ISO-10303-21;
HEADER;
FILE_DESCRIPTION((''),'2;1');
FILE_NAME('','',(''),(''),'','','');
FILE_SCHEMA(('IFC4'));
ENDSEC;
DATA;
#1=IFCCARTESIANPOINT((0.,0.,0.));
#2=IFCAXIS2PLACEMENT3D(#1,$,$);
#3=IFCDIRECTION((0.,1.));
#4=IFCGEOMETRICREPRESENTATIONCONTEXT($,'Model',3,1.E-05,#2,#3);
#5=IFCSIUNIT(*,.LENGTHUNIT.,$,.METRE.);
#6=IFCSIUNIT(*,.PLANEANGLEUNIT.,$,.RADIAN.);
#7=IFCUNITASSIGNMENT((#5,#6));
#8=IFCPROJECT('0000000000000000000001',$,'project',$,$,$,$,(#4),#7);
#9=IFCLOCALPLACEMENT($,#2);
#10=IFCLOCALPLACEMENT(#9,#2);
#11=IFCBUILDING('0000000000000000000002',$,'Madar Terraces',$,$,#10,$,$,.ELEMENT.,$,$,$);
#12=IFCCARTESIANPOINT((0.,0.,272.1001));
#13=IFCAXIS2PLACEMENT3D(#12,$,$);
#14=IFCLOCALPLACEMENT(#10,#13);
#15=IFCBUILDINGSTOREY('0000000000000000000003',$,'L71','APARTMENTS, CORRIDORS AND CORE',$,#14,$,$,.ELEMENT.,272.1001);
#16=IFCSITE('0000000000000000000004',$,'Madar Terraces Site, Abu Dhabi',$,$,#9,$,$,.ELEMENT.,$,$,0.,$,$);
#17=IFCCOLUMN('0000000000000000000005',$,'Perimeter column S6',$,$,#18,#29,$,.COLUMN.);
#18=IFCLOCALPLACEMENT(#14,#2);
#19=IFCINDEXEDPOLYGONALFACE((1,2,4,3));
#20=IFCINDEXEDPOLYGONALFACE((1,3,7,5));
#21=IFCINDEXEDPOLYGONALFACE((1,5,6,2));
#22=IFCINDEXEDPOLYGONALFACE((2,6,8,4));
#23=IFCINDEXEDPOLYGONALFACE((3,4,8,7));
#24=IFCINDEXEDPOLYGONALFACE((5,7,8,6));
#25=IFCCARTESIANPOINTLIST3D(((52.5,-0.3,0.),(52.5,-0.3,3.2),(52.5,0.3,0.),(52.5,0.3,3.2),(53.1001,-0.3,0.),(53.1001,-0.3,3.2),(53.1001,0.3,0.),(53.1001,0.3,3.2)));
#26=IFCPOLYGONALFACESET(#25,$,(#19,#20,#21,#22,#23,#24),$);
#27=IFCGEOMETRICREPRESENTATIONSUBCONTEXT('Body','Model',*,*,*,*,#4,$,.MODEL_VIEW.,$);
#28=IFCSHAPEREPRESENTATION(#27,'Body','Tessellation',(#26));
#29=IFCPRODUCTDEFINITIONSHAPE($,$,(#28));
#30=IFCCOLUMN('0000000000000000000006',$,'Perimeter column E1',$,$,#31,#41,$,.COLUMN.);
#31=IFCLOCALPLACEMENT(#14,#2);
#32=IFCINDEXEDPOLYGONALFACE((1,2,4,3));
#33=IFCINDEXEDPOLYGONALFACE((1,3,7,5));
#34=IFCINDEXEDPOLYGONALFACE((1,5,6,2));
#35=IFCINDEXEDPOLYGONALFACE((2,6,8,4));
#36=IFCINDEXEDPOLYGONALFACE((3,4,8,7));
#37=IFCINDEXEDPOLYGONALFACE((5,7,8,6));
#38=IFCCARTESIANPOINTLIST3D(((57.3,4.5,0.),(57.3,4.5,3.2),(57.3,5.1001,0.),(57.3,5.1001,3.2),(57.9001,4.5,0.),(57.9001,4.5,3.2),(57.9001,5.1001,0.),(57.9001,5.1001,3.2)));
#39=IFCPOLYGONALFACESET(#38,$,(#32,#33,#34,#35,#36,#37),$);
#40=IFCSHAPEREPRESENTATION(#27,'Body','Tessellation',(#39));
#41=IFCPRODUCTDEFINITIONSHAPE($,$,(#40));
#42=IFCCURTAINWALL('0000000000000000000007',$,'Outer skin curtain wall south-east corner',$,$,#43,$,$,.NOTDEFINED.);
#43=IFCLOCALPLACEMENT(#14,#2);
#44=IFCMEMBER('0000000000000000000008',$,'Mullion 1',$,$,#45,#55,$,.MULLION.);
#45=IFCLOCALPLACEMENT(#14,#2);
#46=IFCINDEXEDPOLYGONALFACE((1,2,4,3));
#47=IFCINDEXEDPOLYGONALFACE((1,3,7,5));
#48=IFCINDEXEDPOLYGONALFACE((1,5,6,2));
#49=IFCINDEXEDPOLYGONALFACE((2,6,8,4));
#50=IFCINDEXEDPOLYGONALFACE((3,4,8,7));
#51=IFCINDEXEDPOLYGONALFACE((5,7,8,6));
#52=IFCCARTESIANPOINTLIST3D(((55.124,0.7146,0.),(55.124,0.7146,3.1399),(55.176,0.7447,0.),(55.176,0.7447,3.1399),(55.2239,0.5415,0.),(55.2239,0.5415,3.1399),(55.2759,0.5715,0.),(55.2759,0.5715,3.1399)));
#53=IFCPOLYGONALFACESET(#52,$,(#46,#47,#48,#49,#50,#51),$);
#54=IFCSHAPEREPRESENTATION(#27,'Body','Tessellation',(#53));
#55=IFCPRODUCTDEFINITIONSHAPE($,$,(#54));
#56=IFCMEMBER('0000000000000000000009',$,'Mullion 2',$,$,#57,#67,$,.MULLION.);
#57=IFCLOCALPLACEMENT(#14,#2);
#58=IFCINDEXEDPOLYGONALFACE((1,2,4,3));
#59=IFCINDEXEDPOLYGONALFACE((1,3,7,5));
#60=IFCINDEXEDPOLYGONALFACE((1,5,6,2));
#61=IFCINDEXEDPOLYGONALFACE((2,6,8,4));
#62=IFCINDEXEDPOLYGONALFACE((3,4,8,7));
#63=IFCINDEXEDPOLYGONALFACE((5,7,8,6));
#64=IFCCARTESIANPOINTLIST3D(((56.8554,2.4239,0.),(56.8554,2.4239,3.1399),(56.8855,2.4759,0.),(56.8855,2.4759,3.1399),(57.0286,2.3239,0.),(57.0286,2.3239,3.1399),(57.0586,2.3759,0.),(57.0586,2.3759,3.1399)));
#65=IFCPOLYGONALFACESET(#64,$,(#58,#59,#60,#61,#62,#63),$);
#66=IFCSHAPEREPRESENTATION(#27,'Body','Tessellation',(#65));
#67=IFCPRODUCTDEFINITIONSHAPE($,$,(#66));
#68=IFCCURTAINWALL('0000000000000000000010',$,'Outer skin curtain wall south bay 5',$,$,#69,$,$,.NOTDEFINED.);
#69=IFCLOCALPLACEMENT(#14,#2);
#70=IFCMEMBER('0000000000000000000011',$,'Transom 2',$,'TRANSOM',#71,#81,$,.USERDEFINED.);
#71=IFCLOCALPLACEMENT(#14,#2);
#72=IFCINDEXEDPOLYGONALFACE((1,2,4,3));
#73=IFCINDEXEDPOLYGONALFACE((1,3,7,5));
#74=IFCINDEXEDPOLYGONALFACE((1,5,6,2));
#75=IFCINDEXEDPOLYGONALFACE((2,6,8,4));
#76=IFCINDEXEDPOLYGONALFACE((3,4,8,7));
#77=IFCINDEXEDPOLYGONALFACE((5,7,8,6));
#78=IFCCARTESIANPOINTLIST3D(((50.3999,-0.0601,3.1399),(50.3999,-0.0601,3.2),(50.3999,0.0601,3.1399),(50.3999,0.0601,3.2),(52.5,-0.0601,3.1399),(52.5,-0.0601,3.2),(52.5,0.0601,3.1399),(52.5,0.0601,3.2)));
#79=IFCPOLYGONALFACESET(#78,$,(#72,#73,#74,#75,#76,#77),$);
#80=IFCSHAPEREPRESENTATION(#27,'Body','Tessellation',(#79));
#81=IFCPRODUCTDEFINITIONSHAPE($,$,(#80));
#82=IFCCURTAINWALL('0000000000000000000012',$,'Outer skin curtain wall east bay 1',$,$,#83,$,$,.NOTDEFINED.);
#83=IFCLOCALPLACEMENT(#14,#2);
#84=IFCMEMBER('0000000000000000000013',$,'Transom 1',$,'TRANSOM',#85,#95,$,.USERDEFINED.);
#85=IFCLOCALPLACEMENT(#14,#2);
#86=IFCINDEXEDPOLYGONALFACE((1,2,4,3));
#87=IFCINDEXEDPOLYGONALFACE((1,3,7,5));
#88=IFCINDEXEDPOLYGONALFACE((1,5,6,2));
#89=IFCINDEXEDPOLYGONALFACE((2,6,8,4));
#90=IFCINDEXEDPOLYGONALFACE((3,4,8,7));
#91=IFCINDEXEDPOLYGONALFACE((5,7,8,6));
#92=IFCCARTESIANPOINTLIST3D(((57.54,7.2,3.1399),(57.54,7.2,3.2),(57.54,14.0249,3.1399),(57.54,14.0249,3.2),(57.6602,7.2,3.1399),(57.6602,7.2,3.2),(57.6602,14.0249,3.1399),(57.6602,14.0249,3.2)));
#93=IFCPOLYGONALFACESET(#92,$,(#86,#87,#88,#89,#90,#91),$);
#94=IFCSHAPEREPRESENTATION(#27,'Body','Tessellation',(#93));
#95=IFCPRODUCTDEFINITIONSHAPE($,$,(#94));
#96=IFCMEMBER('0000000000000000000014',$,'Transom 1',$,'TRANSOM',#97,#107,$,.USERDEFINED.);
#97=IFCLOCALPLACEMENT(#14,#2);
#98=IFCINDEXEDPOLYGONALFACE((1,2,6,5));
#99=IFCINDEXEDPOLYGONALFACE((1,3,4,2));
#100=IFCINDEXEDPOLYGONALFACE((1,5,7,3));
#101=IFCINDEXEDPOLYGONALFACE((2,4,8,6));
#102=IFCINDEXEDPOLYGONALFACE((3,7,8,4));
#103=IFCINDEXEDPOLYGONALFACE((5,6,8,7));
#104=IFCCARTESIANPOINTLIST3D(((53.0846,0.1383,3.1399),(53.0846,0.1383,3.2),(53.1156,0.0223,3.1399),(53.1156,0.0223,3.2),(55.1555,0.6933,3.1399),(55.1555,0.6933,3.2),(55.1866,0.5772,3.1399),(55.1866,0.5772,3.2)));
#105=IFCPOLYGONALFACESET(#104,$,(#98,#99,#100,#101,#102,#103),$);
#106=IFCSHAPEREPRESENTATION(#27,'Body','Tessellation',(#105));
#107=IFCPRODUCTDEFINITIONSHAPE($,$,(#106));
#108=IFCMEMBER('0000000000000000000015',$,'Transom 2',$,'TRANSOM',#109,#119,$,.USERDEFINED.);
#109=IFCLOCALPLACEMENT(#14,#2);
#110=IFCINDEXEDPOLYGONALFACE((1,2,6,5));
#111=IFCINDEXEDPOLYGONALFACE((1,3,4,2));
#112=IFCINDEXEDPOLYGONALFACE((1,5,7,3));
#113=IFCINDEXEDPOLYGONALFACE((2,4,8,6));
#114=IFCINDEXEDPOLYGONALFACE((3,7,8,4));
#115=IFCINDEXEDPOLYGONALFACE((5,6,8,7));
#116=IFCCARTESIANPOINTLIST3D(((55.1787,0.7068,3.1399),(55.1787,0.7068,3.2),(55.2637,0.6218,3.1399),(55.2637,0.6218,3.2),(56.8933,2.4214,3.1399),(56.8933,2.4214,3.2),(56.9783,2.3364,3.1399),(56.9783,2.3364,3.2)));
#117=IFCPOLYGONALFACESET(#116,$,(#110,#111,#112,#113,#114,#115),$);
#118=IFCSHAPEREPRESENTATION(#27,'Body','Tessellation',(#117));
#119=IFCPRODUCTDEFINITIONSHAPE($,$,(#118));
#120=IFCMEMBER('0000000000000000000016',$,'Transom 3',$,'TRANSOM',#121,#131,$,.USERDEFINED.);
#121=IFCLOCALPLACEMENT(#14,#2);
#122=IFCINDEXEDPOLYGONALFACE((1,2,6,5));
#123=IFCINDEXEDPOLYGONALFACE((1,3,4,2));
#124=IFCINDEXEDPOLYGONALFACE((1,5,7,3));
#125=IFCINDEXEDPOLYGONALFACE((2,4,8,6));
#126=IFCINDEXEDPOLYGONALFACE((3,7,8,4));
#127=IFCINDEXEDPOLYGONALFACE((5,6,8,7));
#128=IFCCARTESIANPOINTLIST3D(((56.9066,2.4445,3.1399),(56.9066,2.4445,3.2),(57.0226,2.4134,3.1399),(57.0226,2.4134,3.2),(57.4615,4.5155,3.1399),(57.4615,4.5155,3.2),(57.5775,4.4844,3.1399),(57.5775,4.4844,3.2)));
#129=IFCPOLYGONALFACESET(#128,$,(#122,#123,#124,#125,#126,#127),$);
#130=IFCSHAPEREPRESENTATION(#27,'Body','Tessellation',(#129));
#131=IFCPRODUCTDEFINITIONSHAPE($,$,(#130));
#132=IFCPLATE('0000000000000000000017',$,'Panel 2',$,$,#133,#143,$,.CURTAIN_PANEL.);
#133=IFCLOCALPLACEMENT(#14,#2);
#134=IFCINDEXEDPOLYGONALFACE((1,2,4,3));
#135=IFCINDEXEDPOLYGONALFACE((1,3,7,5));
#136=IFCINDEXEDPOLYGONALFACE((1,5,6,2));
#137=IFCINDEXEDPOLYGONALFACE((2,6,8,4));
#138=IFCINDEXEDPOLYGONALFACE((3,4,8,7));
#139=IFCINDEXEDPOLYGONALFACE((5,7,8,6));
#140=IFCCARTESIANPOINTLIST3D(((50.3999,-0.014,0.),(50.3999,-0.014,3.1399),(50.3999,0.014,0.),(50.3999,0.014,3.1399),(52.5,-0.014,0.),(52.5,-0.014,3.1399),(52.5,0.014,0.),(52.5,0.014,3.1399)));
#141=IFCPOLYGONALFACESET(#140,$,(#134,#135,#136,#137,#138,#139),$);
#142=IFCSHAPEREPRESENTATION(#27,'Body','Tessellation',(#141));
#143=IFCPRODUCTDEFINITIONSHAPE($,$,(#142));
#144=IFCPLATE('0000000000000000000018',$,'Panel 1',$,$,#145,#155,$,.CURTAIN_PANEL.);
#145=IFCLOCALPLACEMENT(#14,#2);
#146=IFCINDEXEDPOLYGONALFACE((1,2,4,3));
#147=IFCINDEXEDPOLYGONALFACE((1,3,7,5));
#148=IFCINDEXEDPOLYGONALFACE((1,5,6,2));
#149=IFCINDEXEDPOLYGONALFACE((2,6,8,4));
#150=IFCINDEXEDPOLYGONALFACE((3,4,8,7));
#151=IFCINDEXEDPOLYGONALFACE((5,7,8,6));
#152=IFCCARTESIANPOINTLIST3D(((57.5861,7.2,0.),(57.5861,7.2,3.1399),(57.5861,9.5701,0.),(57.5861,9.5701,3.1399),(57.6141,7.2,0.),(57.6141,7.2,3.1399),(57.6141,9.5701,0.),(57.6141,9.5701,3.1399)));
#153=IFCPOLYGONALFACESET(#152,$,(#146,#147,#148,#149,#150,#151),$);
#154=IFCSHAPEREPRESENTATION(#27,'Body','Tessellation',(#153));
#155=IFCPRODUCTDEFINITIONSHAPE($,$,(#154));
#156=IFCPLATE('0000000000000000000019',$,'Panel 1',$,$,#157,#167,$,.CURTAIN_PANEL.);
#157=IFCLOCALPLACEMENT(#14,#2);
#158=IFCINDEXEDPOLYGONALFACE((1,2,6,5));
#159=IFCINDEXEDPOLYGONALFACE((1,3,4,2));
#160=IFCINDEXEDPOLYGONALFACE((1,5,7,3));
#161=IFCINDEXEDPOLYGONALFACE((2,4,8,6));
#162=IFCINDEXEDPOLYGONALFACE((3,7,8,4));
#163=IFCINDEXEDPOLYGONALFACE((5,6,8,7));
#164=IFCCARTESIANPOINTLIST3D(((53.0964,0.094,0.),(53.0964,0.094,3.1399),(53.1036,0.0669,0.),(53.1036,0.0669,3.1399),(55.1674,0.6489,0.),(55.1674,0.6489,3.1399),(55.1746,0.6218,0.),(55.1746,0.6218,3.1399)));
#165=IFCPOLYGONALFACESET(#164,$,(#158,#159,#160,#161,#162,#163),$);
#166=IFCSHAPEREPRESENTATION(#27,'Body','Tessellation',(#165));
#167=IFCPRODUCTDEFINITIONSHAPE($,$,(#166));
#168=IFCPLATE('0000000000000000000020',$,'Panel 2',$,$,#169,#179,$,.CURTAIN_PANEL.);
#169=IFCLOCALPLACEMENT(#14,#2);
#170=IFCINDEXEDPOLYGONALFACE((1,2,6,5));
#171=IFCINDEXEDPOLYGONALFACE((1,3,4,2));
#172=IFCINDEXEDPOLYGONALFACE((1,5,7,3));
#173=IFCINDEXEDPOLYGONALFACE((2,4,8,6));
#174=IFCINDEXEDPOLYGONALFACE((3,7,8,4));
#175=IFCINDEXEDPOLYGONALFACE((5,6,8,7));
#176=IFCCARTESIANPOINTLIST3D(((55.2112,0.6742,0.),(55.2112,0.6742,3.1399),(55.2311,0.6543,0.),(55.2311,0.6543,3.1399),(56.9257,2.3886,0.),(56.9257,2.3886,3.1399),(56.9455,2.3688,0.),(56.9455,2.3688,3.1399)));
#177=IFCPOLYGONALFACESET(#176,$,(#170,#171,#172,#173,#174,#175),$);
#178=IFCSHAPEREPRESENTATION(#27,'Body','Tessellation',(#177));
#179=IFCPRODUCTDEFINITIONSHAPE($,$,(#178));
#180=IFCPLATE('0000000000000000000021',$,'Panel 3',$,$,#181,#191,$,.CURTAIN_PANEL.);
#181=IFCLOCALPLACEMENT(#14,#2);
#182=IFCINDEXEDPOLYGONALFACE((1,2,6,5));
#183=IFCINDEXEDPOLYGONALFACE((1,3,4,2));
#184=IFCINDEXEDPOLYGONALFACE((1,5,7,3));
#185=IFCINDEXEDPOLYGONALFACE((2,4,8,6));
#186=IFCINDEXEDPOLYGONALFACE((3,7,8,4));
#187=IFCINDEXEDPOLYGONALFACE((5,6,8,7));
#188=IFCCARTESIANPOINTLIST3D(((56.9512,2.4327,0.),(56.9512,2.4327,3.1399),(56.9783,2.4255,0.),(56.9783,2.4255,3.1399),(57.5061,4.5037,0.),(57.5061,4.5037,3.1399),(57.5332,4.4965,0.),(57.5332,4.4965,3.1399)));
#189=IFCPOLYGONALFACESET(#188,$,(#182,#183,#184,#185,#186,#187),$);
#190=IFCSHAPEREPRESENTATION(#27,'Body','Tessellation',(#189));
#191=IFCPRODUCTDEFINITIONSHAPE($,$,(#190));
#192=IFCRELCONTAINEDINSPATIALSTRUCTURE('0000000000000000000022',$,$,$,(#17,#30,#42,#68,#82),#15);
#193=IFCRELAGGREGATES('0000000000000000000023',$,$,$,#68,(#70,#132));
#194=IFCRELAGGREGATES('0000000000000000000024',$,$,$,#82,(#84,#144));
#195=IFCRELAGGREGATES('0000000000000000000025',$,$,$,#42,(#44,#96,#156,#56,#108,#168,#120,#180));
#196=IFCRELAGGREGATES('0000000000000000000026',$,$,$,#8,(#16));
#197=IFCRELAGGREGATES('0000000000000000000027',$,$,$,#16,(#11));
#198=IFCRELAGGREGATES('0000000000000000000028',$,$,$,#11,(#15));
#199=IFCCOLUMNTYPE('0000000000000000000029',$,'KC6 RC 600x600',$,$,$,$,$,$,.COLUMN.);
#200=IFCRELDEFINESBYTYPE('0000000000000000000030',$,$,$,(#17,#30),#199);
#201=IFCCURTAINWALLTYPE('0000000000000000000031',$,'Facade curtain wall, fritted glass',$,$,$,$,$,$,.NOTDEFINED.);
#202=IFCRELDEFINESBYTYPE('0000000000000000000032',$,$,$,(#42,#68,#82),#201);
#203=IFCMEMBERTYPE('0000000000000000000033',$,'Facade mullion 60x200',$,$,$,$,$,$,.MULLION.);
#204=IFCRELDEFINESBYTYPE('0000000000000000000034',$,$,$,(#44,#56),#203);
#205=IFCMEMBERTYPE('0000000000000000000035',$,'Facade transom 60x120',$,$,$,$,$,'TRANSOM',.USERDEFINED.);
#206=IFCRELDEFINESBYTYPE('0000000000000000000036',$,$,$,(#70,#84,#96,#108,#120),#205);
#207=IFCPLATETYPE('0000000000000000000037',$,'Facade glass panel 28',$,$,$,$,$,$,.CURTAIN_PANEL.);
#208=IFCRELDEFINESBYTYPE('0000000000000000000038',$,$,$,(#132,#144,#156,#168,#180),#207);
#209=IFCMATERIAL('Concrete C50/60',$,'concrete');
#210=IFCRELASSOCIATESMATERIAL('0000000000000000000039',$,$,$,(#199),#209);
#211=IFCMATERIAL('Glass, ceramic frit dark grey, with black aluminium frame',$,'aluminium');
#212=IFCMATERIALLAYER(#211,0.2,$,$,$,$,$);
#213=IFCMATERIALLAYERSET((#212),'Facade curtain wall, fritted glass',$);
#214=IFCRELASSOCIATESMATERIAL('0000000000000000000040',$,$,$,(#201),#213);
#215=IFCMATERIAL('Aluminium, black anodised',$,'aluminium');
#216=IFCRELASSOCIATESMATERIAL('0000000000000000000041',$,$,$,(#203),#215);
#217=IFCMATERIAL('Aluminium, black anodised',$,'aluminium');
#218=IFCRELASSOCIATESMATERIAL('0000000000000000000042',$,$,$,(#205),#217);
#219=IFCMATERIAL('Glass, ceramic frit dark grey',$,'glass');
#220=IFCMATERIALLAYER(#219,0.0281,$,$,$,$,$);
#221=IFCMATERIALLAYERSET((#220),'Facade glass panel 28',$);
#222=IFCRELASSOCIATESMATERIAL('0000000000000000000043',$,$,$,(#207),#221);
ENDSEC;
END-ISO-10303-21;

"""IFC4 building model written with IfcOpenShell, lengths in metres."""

from ifc_helpers import new_model, si_unit, direction, frame, origin, origin_2d, place, context, subcontext, project, spatial, rectangle, extrude, material, layer, layer_set, material_profile, profile_set, type_object, element, aggregate, save


model = new_model("IFC4")

# Units and contexts
model_context = context("Model", 3, precision=1e-05, world=origin(), true_north=direction((0.0, 1.0)))
body_context = subcontext(model_context, "Body", "Model", "MODEL_VIEW")
ifc_project = project(units=[si_unit("LENGTHUNIT", "METRE"), si_unit("PLANEANGLEUNIT", "RADIAN")], contexts=[model_context])

# Site, building, storey
site_placement = place(None, origin())
site = spatial("IfcSite", under=ifc_project, at=site_placement, Name="Madar Terraces Site, Abu Dhabi", CompositionType="ELEMENT", RefElevation=0.0)
building_placement = place(site_placement, origin())
building = spatial("IfcBuilding", under=site, at=building_placement, Name="Madar Terraces", CompositionType="ELEMENT")
storey_placement = place(building_placement, frame((0.0, 0.0, 272.1001)))
storey = spatial("IfcBuildingStorey", under=building, at=storey_placement, Name="L71", Description="APARTMENTS, CORRIDORS AND CORE", CompositionType="ELEMENT", Elevation=272.1001)

# Columns
ifc_material_1 = material(Name="Concrete C50/60", Category="concrete")
ifc_material_profile_1 = material_profile(ifc_material_1, rectangle(XDim=0.6001, YDim=0.6001, at=origin_2d()), Name="KC6 RC 600x600")
ifc_profile_set_1 = profile_set([ifc_material_profile_1], Name="Concrete C50/60")
column_type = type_object("IfcColumnType", Name="KC6 RC 600x600", PredefinedType="COLUMN", material=ifc_profile_set_1)
for number, where, z_axis, x_axis, name in (
    (1, (52.8, 0.0, 0.0), (0.0, 0.0, 1.0), (1.0, 0.0, 0.0), "Perimeter column S6"),
    (2, (57.6001, 4.8, 0.0), (0.0, 0.0, 1.0), (1.0, 0.0, 0.0), "Perimeter column E1"),
):
    element("IfcColumn", number, at=place(storey_placement, frame(where, z_axis=z_axis, x_axis=x_axis)), inside=storey, type_object=column_type, Name=name, PredefinedType="COLUMN", context=body_context, shape_type="SweptSolid", body=[
        extrude(rectangle(XDim=0.6001, YDim=0.6001, at=origin_2d()), origin(), (0.0, 0.0, 1.0), 3.2),
    ])

# Curtain wall, members
ifc_material_2 = material(Name="Glass, ceramic frit dark grey, with black aluminium frame", Category="aluminium")
ifc_layer_1 = layer(ifc_material_2, 0.2)
ifc_layer_set_1 = layer_set([ifc_layer_1], Name="Facade curtain wall, fritted glass")
curtain_wall_type = type_object("IfcCurtainWallType", Name="Facade curtain wall, fritted glass", PredefinedType="NOTDEFINED", material=ifc_layer_set_1)
curtain_wall_1_placement = place(storey_placement, origin())
curtain_wall_1 = element("IfcCurtainWall", 3, at=curtain_wall_1_placement, inside=storey, type_object=curtain_wall_type, Name="Outer skin curtain wall south-east corner", PredefinedType="NOTDEFINED")
ifc_material_3 = material(Name="Aluminium, black anodised", Category="aluminium")
ifc_material_profile_2 = material_profile(ifc_material_3, rectangle(XDim=0.2, YDim=0.0601, at=origin_2d()), Name="Facade mullion 60x200")
ifc_profile_set_2 = profile_set([ifc_material_profile_2], Name="Aluminium, black anodised")
member_type_1 = type_object("IfcMemberType", Name="Facade mullion 60x200", PredefinedType="MULLION", material=ifc_profile_set_2)
member_1_placement = place(storey_placement, frame((55.2, 0.6431, 0.0), z_axis=(0.0, 0.0, 1.0), x_axis=(-0.5, 0.866025, 0.0)))
member_1 = element("IfcMember", 4, at=member_1_placement, type_object=member_type_1, Name="Mullion 1", PredefinedType="MULLION", context=body_context, shape_type="SweptSolid", body=[
    extrude(rectangle(XDim=0.2, YDim=0.0601, at=origin_2d()), origin(), (0.0, 0.0, 1.0), 3.1399),
])
member_2_placement = place(storey_placement, frame((56.957, 2.3999, 0.0), z_axis=(0.0, 0.0, 1.0), x_axis=(-0.866025, 0.5, 0.0)))
member_2 = element("IfcMember", 5, at=member_2_placement, type_object=member_type_1, Name="Mullion 2", PredefinedType="MULLION", context=body_context, shape_type="SweptSolid", body=[
    extrude(rectangle(XDim=0.2, YDim=0.0601, at=origin_2d()), origin(), (0.0, 0.0, 1.0), 3.1399),
])

# Curtain walls, members
curtain_wall_2_placement = place(storey_placement, origin())
curtain_wall_2 = element("IfcCurtainWall", 6, at=curtain_wall_2_placement, inside=storey, type_object=curtain_wall_type, Name="Outer skin curtain wall south bay 5", PredefinedType="NOTDEFINED")
ifc_material_4 = material(Name="Aluminium, black anodised", Category="aluminium")
ifc_material_profile_3 = material_profile(ifc_material_4, rectangle(XDim=0.1201, YDim=0.0601, at=origin_2d()), Name="Facade transom 60x120")
ifc_profile_set_3 = profile_set([ifc_material_profile_3], Name="Aluminium, black anodised")
member_type_2 = type_object("IfcMemberType", Name="Facade transom 60x120", ElementType="TRANSOM", PredefinedType="USERDEFINED", material=ifc_profile_set_3)
member_3_placement = place(storey_placement, frame((50.3999, 0.0, 3.1699), z_axis=(1.0, 0.0, 0.0), x_axis=(0.0, 1.0, 0.0)))
member_3 = element("IfcMember", 7, at=member_3_placement, type_object=member_type_2, Name="Transom 2", ObjectType="TRANSOM", PredefinedType="USERDEFINED", context=body_context, shape_type="SweptSolid", body=[
    extrude(rectangle(XDim=0.1201, YDim=0.0601, at=origin_2d()), origin(), (0.0, 0.0, 1.0), 2.1001),
])
curtain_wall_3_placement = place(storey_placement, origin())
curtain_wall_3 = element("IfcCurtainWall", 8, at=curtain_wall_3_placement, inside=storey, type_object=curtain_wall_type, Name="Outer skin curtain wall east bay 1", PredefinedType="NOTDEFINED")
member_4_placement = place(storey_placement, frame((57.6001, 7.2, 3.1699), z_axis=(0.0, 1.0, 0.0), x_axis=(-1.0, 0.0, 0.0)))
member_4 = element("IfcMember", 9, at=member_4_placement, type_object=member_type_2, Name="Transom 1", ObjectType="TRANSOM", PredefinedType="USERDEFINED", context=body_context, shape_type="SweptSolid", body=[
    extrude(rectangle(XDim=0.1201, YDim=0.0601, at=origin_2d()), origin(), (0.0, 0.0, 1.0), 6.825),
])

# Members
member_5_placement = place(storey_placement, frame((53.1001, 0.0803, 3.1699), z_axis=(0.965926, 0.258818, 0.0), x_axis=(-0.258818, 0.965926, 0.0)))
member_5 = element("IfcMember", 10, at=member_5_placement, type_object=member_type_2, Name="Transom 1", ObjectType="TRANSOM", PredefinedType="USERDEFINED", context=body_context, shape_type="SweptSolid", body=[
    extrude(rectangle(XDim=0.1201, YDim=0.0601, at=origin_2d()), origin(), (0.0, 0.0, 1.0), 2.144),
])
member_6_placement = place(storey_placement, frame((55.2212, 0.6643, 3.1699), z_axis=(0.707107, 0.707107, 0.0), x_axis=(-0.707107, 0.707107, 0.0)))
member_6 = element("IfcMember", 11, at=member_6_placement, type_object=member_type_2, Name="Transom 2", ObjectType="TRANSOM", PredefinedType="USERDEFINED", context=body_context, shape_type="SweptSolid", body=[
    extrude(rectangle(XDim=0.1201, YDim=0.0601, at=origin_2d()), origin(), (0.0, 0.0, 1.0), 2.4248),
])
member_7_placement = place(storey_placement, frame((56.9646, 2.429, 3.1699), z_axis=(0.258818, 0.965926, 0.0), x_axis=(-0.965926, 0.258818, 0.0)))
member_7 = element("IfcMember", 12, at=member_7_placement, type_object=member_type_2, Name="Transom 3", ObjectType="TRANSOM", PredefinedType="USERDEFINED", context=body_context, shape_type="SweptSolid", body=[
    extrude(rectangle(XDim=0.1201, YDim=0.0601, at=origin_2d()), origin(), (0.0, 0.0, 1.0), 2.144),
])

# Plates
ifc_material_5 = material(Name="Glass, ceramic frit dark grey", Category="glass")
ifc_layer_2 = layer(ifc_material_5, 0.0281)
ifc_layer_set_2 = layer_set([ifc_layer_2], Name="Facade glass panel 28")
plate_type = type_object("IfcPlateType", Name="Facade glass panel 28", PredefinedType="CURTAIN_PANEL", material=ifc_layer_set_2)
plate_1_placement = place(storey_placement, frame((51.45, 0.0, 0.0), z_axis=(0.0, 0.0, 1.0), x_axis=(1.0, 0.0, 0.0)))
plate_1 = element("IfcPlate", 13, at=plate_1_placement, type_object=plate_type, Name="Panel 2", PredefinedType="CURTAIN_PANEL", context=body_context, shape_type="SweptSolid", body=[
    extrude(rectangle(XDim=2.1001, YDim=0.0281, at=origin_2d()), origin(), (0.0, 0.0, 1.0), 3.1399),
])
aggregate(curtain_wall_2, [member_3, plate_1])
plate_2_placement = place(storey_placement, frame((57.6001, 8.385, 0.0), z_axis=(0.0, 0.0, 1.0), x_axis=(0.0, 1.0, 0.0)))
plate_2 = element("IfcPlate", 14, at=plate_2_placement, type_object=plate_type, Name="Panel 1", PredefinedType="CURTAIN_PANEL", context=body_context, shape_type="SweptSolid", body=[
    extrude(rectangle(XDim=2.3701, YDim=0.0281, at=origin_2d()), origin(), (0.0, 0.0, 1.0), 3.1399),
])
aggregate(curtain_wall_3, [member_4, plate_2])
plate_3_placement = place(storey_placement, frame((54.1355, 0.3579, 0.0), z_axis=(0.0, 0.0, 1.0), x_axis=(0.965926, 0.258819, 0.0)))
plate_3 = element("IfcPlate", 15, at=plate_3_placement, type_object=plate_type, Name="Panel 1", PredefinedType="CURTAIN_PANEL", context=body_context, shape_type="SweptSolid", body=[
    extrude(rectangle(XDim=2.144, YDim=0.0281, at=origin_2d()), origin(), (0.0, 0.0, 1.0), 3.1399),
])
plate_4_placement = place(storey_placement, frame((56.0784, 1.5215, 0.0), z_axis=(0.0, 0.0, 1.0), x_axis=(0.707107, 0.707107, 0.0)))
plate_4 = element("IfcPlate", 16, at=plate_4_placement, type_object=plate_type, Name="Panel 2", PredefinedType="CURTAIN_PANEL", context=body_context, shape_type="SweptSolid", body=[
    extrude(rectangle(XDim=2.4246, YDim=0.0281, at=origin_2d()), origin(), (0.0, 0.0, 1.0), 3.1399),
])
plate_5_placement = place(storey_placement, frame((57.2422, 3.4646, 0.0), z_axis=(0.0, 0.0, 1.0), x_axis=(0.258819, 0.965926, 0.0)))
plate_5 = element("IfcPlate", 17, at=plate_5_placement, type_object=plate_type, Name="Panel 3", PredefinedType="CURTAIN_PANEL", context=body_context, shape_type="SweptSolid", body=[
    extrude(rectangle(XDim=2.144, YDim=0.0281, at=origin_2d()), origin(), (0.0, 0.0, 1.0), 3.1399),
])
aggregate(curtain_wall_1, [member_1, member_5, plate_3, member_2, member_6, plate_4, member_7, plate_5])

save(model, "model.ifc")
